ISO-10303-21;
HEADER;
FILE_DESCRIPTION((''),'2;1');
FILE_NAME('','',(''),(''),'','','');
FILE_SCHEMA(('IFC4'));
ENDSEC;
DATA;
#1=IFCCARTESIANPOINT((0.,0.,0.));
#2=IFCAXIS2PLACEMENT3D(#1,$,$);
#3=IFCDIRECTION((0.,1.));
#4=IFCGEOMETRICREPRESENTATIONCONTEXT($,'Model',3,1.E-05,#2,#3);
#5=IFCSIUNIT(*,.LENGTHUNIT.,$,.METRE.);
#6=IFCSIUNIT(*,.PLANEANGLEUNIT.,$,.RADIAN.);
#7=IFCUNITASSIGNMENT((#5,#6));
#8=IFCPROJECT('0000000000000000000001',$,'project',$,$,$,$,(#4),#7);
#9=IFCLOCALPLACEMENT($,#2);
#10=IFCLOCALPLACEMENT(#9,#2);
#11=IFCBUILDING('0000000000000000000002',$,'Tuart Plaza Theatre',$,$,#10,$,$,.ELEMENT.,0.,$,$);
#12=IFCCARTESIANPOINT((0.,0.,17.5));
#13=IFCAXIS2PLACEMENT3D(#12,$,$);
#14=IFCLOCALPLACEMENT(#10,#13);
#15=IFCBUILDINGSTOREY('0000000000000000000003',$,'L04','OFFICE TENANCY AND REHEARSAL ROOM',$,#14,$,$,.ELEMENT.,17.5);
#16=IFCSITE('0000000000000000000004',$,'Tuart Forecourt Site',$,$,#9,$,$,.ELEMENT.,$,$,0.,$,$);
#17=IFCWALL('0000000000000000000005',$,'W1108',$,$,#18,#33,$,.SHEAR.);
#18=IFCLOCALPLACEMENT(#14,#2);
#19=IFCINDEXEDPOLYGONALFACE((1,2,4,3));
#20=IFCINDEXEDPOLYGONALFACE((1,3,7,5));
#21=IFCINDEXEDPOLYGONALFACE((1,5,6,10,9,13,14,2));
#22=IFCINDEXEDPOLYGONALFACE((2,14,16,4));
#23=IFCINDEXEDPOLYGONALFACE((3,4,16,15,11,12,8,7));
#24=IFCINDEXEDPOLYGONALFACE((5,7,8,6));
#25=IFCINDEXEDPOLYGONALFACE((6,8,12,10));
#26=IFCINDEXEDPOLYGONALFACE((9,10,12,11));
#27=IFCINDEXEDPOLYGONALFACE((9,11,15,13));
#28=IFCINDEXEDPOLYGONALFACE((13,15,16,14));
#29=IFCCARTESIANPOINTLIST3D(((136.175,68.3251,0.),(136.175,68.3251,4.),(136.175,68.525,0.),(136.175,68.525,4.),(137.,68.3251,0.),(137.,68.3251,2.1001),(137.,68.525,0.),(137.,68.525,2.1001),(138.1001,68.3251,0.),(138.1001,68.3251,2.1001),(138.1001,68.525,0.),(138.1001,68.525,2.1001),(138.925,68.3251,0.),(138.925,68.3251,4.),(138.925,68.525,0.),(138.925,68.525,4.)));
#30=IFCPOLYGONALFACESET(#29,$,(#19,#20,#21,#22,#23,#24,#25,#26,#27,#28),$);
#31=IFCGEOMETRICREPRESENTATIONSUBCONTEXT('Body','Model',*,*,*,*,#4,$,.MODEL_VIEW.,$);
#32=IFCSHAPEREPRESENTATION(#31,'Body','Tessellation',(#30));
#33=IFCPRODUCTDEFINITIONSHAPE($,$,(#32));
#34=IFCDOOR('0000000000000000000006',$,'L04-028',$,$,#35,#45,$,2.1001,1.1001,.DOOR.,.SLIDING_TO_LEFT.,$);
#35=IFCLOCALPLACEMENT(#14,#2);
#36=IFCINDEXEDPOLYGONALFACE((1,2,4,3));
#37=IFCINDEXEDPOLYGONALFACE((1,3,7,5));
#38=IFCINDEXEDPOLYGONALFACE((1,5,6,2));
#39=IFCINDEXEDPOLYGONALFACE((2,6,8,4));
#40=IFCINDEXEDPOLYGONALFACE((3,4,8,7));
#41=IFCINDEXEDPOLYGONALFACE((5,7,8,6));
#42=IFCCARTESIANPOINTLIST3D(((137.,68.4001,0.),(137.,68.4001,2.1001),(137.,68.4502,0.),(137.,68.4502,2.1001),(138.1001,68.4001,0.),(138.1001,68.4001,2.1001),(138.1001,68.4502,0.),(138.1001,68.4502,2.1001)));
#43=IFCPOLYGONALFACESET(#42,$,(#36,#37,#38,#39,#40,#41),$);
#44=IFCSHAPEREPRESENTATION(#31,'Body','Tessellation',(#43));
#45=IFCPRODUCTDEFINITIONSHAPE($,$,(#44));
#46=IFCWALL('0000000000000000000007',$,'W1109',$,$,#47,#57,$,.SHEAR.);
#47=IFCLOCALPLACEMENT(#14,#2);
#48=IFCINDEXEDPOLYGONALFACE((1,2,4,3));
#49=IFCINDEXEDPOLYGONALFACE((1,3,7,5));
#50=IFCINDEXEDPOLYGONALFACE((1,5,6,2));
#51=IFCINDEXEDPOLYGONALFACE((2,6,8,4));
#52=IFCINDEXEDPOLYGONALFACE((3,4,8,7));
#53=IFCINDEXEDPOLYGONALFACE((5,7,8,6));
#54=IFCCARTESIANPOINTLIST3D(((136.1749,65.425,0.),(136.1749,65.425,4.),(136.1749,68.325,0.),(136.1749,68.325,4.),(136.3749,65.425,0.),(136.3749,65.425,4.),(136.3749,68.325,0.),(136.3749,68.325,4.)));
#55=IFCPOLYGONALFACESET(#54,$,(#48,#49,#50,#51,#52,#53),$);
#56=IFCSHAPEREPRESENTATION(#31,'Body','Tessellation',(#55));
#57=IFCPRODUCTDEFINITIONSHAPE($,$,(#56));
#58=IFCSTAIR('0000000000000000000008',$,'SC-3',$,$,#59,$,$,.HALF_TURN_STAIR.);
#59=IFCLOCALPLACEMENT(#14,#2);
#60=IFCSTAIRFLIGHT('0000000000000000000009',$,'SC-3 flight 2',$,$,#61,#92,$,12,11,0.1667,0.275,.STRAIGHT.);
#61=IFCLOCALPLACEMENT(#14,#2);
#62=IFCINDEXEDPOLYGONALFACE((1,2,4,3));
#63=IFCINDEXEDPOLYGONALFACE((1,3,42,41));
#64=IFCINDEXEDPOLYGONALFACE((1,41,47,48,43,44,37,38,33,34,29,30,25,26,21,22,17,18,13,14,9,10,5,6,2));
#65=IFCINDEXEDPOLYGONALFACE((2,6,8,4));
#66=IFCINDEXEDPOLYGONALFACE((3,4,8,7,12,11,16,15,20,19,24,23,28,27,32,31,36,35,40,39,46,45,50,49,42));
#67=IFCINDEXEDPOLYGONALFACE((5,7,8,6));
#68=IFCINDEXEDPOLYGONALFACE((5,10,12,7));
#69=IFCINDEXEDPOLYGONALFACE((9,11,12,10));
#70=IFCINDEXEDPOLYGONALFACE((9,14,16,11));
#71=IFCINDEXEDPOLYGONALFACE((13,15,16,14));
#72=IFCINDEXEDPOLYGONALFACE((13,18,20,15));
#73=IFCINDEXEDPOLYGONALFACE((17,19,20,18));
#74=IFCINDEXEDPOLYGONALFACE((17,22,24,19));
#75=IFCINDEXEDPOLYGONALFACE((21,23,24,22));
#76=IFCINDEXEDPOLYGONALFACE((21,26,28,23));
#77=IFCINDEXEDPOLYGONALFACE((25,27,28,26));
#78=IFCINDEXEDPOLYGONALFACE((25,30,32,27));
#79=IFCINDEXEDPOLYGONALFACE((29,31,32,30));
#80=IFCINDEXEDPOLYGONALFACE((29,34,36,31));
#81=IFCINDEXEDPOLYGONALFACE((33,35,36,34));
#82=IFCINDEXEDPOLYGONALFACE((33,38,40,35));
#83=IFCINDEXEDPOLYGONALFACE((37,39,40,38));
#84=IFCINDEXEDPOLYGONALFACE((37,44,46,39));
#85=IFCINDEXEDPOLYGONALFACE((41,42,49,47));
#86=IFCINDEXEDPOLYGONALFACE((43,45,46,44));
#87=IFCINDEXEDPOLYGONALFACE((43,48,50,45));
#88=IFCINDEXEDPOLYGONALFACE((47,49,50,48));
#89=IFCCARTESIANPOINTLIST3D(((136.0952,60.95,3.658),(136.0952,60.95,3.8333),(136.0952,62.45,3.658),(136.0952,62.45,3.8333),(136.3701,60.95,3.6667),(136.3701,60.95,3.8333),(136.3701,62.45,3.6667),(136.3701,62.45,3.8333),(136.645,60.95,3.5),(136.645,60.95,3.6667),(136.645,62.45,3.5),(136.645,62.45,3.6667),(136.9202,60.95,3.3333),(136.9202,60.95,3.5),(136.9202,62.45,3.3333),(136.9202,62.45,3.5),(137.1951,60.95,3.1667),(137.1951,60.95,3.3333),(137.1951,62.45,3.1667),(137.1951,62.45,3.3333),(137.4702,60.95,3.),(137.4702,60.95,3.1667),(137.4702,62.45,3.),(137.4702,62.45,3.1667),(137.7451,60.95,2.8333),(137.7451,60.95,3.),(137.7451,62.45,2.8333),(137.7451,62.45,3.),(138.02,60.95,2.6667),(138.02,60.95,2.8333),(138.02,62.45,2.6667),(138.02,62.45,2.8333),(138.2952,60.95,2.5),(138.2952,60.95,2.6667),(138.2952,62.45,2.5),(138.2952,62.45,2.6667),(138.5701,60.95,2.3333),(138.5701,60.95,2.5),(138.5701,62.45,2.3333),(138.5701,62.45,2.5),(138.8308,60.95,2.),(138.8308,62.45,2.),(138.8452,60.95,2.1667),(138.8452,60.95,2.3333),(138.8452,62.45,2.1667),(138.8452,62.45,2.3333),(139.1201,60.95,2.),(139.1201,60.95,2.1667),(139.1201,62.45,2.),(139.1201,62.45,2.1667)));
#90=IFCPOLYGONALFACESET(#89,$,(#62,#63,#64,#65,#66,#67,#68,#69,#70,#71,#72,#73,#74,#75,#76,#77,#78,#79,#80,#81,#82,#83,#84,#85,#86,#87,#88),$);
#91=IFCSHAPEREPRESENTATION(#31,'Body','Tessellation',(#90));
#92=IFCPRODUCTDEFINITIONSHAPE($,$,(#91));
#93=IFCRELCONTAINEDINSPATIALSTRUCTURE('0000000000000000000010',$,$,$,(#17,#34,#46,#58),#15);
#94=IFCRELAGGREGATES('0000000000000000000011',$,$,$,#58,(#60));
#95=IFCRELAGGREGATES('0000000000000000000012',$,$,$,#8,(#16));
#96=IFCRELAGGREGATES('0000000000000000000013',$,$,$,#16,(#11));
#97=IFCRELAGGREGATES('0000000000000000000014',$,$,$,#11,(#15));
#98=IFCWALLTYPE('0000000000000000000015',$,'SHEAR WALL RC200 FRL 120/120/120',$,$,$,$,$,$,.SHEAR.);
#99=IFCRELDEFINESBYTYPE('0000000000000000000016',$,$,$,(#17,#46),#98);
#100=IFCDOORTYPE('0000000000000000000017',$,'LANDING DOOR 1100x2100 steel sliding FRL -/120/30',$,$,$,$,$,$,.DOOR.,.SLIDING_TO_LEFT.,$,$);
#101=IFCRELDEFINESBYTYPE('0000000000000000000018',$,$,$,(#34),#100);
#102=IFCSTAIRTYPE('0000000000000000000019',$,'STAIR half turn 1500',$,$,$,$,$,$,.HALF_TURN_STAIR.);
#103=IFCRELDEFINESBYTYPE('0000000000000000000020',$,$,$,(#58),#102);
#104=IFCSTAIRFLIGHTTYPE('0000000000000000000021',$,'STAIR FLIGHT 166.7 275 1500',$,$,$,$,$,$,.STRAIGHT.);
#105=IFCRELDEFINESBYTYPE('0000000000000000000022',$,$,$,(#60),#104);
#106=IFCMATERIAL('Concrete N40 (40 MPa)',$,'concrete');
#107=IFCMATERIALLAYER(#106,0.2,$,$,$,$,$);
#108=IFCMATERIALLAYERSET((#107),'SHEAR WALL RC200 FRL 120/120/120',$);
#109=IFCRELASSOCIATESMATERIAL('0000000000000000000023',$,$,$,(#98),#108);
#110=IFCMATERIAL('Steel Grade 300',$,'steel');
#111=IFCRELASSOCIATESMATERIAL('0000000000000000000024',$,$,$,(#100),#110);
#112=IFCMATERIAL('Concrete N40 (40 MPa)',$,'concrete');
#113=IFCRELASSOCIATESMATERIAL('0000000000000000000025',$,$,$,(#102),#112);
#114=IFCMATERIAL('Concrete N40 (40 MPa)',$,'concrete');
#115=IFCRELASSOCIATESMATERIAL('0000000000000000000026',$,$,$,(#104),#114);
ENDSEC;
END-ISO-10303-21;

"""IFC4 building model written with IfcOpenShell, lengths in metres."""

from ifc_helpers import new_model, si_unit, direction, frame, frame_2d, origin, place, context, subcontext, project, spatial, polyline, rectangle, outline, extrude, material, layer, layer_set, type_object, element, fill, aggregate, save


model = new_model("IFC4")

# Units and contexts
model_context = context("Model", 3, precision=1e-05, world=origin(), true_north=direction((0.0, 1.0)))
body_context = subcontext(model_context, "Body", "Model", "MODEL_VIEW")
ifc_project = project(units=[si_unit("LENGTHUNIT", "METRE"), si_unit("PLANEANGLEUNIT", "RADIAN")], contexts=[model_context])

# Site, building, storey
site_placement = place(None, origin())
site = spatial("IfcSite", under=ifc_project, at=site_placement, Name="Tuart Forecourt Site", CompositionType="ELEMENT", RefElevation=0.0)
building_placement = place(site_placement, origin())
building = spatial("IfcBuilding", under=site, at=building_placement, Name="Tuart Plaza Theatre", CompositionType="ELEMENT", ElevationOfRefHeight=0.0)
storey_placement = place(building_placement, frame((0.0, 0.0, 17.5)))
storey = spatial("IfcBuildingStorey", under=building, at=storey_placement, Name="L04", Description="OFFICE TENANCY AND REHEARSAL ROOM", CompositionType="ELEMENT", Elevation=17.5)

# Shared definitions
ifc_material_1 = material(Name="Concrete N40 (40 MPa)", Category="concrete")
ifc_layer_1 = layer(ifc_material_1, 0.2)
ifc_layer_set_1 = layer_set([ifc_layer_1], Name="SHEAR WALL RC200 FRL 120/120/120")
wall_type_1 = type_object("IfcWallType", Name="SHEAR WALL RC200 FRL 120/120/120", PredefinedType="SHEAR", material=ifc_layer_set_1)

# Shared definitions
ifc_material_2 = material(Name="Steel Grade 300", Category="steel")
door_type_1 = type_object("IfcDoorType", Name="LANDING DOOR 1100x2100 steel sliding FRL -/120/30", OperationType="SLIDING_TO_LEFT", PredefinedType="DOOR", material=ifc_material_2)

# Wall, opening, door
wall_1_placement = place(storey_placement, frame((138.925, 68.425, 0.0), z_axis=(0.0, 0.0, 1.0), x_axis=(-1.0, 0.0, 0.0)))
wall_1 = element("IfcWall", 1, at=wall_1_placement, inside=storey, type_object=wall_type_1, Name="W1108", PredefinedType="SHEAR", context=body_context, shape_type="SweptSolid", body=[
    extrude(rectangle(XDim=2.75, YDim=0.2, at=frame_2d((1.375, 0.0))), origin(), (0.0, 0.0, 1.0), 4.0),
])
opening_1_placement = place(wall_1_placement, frame((0.825, 0.0, 0.0)))
opening_1 = element("IfcOpeningElement", 2, at=opening_1_placement, cuts=wall_1, PredefinedType="OPENING", context=body_context, shape_type="SweptSolid", body=[
    extrude(rectangle(XDim=1.1001, YDim=2.1001, at=frame_2d((0.55, 1.05))), frame((0.0, 0.1099, 0.0), z_axis=(0.0, -1.0, 0.0), x_axis=(1.0, 0.0, 0.0)), (0.0, 0.0, 1.0), 0.22),
])
door_1_placement = place(opening_1_placement, origin())
door_1 = element("IfcDoor", 3, at=door_1_placement, inside=storey, type_object=door_type_1, Name="L04-028", OperationType="SLIDING_TO_LEFT", OverallHeight=2.1001, OverallWidth=1.1001, PredefinedType="DOOR", context=body_context, shape_type="SweptSolid", body=[
    extrude(rectangle(XDim=1.1001, YDim=2.1001, at=frame_2d((0.55, 1.05))), frame((0.0, 0.0249, 0.0), z_axis=(0.0, -1.0, 0.0), x_axis=(1.0, 0.0, 0.0)), (0.0, 0.0, 1.0), 0.05),
])
fill(opening_1, door_1)

# Wall
wall_2_placement = place(storey_placement, frame((136.2749, 68.325, 0.0), z_axis=(0.0, 0.0, 1.0), x_axis=(0.0, -1.0, 0.0)))
element("IfcWall", 4, at=wall_2_placement, inside=storey, type_object=wall_type_1, Name="W1109", PredefinedType="SHEAR", context=body_context, shape_type="SweptSolid", body=[
    extrude(rectangle(XDim=2.8999, YDim=0.2, at=frame_2d((1.45, 0.0))), origin(), (0.0, 0.0, 1.0), 4.0),
])

# Stair, stair flight
ifc_material_3 = material(Name="Concrete N40 (40 MPa)", Category="concrete")
stair_type = type_object("IfcStairType", Name="STAIR half turn 1500", PredefinedType="HALF_TURN_STAIR", material=ifc_material_3)
stair_placement = place(storey_placement, origin())
stair = element("IfcStair", 5, at=stair_placement, inside=storey, type_object=stair_type, Name="SC-3", PredefinedType="HALF_TURN_STAIR")
ifc_material_4 = material(Name="Concrete N40 (40 MPa)", Category="concrete")
stair_flight_type = type_object("IfcStairFlightType", Name="STAIR FLIGHT 166.7 275 1500", PredefinedType="STRAIGHT", material=ifc_material_4)
stair_flight_placement = place(storey_placement, frame((139.1201, 61.7, 2.0), z_axis=(0.0, 0.0, 1.0), x_axis=(-1.0, 0.0, 0.0)))
stair_flight = element("IfcStairFlight", 6, at=stair_flight_placement, type_object=stair_flight_type, Name="SC-3 flight 2", NumberOfRisers=12, NumberOfTreads=11, PredefinedType="STRAIGHT", RiserHeight=0.1667, TreadLength=0.275, context=body_context, shape_type="SweptSolid", body=[
    extrude(outline(polyline([(0.0, 0.0), (0.0, 0.1667), (0.2749, 0.1667), (0.2749, 0.3333), (0.55, 0.3333), (0.55, 0.5), (0.825, 0.5), (0.825, 0.6667), (1.1001, 0.6667), (1.1001, 0.8333), (1.375, 0.8333), (1.375, 1.0), (1.6499, 1.0), (1.6499, 1.1667), (1.925, 1.1667), (1.925, 1.3333), (2.2, 1.3333), (2.2, 1.5), (2.4751, 1.5), (2.4751, 1.6667), (2.75, 1.6667), (2.75, 1.8333), (3.0249, 1.8333), (3.0249, 2.0), (3.0249, 1.658), (0.2893, 0.0), (0.0, 0.0)])), frame((0.0, 0.75, 0.0), z_axis=(0.0, -1.0, 0.0), x_axis=(1.0, 0.0, 0.0)), (0.0, 0.0, 1.0), 1.5),
])
aggregate(stair, [stair_flight])

save(model, "model.ifc")
